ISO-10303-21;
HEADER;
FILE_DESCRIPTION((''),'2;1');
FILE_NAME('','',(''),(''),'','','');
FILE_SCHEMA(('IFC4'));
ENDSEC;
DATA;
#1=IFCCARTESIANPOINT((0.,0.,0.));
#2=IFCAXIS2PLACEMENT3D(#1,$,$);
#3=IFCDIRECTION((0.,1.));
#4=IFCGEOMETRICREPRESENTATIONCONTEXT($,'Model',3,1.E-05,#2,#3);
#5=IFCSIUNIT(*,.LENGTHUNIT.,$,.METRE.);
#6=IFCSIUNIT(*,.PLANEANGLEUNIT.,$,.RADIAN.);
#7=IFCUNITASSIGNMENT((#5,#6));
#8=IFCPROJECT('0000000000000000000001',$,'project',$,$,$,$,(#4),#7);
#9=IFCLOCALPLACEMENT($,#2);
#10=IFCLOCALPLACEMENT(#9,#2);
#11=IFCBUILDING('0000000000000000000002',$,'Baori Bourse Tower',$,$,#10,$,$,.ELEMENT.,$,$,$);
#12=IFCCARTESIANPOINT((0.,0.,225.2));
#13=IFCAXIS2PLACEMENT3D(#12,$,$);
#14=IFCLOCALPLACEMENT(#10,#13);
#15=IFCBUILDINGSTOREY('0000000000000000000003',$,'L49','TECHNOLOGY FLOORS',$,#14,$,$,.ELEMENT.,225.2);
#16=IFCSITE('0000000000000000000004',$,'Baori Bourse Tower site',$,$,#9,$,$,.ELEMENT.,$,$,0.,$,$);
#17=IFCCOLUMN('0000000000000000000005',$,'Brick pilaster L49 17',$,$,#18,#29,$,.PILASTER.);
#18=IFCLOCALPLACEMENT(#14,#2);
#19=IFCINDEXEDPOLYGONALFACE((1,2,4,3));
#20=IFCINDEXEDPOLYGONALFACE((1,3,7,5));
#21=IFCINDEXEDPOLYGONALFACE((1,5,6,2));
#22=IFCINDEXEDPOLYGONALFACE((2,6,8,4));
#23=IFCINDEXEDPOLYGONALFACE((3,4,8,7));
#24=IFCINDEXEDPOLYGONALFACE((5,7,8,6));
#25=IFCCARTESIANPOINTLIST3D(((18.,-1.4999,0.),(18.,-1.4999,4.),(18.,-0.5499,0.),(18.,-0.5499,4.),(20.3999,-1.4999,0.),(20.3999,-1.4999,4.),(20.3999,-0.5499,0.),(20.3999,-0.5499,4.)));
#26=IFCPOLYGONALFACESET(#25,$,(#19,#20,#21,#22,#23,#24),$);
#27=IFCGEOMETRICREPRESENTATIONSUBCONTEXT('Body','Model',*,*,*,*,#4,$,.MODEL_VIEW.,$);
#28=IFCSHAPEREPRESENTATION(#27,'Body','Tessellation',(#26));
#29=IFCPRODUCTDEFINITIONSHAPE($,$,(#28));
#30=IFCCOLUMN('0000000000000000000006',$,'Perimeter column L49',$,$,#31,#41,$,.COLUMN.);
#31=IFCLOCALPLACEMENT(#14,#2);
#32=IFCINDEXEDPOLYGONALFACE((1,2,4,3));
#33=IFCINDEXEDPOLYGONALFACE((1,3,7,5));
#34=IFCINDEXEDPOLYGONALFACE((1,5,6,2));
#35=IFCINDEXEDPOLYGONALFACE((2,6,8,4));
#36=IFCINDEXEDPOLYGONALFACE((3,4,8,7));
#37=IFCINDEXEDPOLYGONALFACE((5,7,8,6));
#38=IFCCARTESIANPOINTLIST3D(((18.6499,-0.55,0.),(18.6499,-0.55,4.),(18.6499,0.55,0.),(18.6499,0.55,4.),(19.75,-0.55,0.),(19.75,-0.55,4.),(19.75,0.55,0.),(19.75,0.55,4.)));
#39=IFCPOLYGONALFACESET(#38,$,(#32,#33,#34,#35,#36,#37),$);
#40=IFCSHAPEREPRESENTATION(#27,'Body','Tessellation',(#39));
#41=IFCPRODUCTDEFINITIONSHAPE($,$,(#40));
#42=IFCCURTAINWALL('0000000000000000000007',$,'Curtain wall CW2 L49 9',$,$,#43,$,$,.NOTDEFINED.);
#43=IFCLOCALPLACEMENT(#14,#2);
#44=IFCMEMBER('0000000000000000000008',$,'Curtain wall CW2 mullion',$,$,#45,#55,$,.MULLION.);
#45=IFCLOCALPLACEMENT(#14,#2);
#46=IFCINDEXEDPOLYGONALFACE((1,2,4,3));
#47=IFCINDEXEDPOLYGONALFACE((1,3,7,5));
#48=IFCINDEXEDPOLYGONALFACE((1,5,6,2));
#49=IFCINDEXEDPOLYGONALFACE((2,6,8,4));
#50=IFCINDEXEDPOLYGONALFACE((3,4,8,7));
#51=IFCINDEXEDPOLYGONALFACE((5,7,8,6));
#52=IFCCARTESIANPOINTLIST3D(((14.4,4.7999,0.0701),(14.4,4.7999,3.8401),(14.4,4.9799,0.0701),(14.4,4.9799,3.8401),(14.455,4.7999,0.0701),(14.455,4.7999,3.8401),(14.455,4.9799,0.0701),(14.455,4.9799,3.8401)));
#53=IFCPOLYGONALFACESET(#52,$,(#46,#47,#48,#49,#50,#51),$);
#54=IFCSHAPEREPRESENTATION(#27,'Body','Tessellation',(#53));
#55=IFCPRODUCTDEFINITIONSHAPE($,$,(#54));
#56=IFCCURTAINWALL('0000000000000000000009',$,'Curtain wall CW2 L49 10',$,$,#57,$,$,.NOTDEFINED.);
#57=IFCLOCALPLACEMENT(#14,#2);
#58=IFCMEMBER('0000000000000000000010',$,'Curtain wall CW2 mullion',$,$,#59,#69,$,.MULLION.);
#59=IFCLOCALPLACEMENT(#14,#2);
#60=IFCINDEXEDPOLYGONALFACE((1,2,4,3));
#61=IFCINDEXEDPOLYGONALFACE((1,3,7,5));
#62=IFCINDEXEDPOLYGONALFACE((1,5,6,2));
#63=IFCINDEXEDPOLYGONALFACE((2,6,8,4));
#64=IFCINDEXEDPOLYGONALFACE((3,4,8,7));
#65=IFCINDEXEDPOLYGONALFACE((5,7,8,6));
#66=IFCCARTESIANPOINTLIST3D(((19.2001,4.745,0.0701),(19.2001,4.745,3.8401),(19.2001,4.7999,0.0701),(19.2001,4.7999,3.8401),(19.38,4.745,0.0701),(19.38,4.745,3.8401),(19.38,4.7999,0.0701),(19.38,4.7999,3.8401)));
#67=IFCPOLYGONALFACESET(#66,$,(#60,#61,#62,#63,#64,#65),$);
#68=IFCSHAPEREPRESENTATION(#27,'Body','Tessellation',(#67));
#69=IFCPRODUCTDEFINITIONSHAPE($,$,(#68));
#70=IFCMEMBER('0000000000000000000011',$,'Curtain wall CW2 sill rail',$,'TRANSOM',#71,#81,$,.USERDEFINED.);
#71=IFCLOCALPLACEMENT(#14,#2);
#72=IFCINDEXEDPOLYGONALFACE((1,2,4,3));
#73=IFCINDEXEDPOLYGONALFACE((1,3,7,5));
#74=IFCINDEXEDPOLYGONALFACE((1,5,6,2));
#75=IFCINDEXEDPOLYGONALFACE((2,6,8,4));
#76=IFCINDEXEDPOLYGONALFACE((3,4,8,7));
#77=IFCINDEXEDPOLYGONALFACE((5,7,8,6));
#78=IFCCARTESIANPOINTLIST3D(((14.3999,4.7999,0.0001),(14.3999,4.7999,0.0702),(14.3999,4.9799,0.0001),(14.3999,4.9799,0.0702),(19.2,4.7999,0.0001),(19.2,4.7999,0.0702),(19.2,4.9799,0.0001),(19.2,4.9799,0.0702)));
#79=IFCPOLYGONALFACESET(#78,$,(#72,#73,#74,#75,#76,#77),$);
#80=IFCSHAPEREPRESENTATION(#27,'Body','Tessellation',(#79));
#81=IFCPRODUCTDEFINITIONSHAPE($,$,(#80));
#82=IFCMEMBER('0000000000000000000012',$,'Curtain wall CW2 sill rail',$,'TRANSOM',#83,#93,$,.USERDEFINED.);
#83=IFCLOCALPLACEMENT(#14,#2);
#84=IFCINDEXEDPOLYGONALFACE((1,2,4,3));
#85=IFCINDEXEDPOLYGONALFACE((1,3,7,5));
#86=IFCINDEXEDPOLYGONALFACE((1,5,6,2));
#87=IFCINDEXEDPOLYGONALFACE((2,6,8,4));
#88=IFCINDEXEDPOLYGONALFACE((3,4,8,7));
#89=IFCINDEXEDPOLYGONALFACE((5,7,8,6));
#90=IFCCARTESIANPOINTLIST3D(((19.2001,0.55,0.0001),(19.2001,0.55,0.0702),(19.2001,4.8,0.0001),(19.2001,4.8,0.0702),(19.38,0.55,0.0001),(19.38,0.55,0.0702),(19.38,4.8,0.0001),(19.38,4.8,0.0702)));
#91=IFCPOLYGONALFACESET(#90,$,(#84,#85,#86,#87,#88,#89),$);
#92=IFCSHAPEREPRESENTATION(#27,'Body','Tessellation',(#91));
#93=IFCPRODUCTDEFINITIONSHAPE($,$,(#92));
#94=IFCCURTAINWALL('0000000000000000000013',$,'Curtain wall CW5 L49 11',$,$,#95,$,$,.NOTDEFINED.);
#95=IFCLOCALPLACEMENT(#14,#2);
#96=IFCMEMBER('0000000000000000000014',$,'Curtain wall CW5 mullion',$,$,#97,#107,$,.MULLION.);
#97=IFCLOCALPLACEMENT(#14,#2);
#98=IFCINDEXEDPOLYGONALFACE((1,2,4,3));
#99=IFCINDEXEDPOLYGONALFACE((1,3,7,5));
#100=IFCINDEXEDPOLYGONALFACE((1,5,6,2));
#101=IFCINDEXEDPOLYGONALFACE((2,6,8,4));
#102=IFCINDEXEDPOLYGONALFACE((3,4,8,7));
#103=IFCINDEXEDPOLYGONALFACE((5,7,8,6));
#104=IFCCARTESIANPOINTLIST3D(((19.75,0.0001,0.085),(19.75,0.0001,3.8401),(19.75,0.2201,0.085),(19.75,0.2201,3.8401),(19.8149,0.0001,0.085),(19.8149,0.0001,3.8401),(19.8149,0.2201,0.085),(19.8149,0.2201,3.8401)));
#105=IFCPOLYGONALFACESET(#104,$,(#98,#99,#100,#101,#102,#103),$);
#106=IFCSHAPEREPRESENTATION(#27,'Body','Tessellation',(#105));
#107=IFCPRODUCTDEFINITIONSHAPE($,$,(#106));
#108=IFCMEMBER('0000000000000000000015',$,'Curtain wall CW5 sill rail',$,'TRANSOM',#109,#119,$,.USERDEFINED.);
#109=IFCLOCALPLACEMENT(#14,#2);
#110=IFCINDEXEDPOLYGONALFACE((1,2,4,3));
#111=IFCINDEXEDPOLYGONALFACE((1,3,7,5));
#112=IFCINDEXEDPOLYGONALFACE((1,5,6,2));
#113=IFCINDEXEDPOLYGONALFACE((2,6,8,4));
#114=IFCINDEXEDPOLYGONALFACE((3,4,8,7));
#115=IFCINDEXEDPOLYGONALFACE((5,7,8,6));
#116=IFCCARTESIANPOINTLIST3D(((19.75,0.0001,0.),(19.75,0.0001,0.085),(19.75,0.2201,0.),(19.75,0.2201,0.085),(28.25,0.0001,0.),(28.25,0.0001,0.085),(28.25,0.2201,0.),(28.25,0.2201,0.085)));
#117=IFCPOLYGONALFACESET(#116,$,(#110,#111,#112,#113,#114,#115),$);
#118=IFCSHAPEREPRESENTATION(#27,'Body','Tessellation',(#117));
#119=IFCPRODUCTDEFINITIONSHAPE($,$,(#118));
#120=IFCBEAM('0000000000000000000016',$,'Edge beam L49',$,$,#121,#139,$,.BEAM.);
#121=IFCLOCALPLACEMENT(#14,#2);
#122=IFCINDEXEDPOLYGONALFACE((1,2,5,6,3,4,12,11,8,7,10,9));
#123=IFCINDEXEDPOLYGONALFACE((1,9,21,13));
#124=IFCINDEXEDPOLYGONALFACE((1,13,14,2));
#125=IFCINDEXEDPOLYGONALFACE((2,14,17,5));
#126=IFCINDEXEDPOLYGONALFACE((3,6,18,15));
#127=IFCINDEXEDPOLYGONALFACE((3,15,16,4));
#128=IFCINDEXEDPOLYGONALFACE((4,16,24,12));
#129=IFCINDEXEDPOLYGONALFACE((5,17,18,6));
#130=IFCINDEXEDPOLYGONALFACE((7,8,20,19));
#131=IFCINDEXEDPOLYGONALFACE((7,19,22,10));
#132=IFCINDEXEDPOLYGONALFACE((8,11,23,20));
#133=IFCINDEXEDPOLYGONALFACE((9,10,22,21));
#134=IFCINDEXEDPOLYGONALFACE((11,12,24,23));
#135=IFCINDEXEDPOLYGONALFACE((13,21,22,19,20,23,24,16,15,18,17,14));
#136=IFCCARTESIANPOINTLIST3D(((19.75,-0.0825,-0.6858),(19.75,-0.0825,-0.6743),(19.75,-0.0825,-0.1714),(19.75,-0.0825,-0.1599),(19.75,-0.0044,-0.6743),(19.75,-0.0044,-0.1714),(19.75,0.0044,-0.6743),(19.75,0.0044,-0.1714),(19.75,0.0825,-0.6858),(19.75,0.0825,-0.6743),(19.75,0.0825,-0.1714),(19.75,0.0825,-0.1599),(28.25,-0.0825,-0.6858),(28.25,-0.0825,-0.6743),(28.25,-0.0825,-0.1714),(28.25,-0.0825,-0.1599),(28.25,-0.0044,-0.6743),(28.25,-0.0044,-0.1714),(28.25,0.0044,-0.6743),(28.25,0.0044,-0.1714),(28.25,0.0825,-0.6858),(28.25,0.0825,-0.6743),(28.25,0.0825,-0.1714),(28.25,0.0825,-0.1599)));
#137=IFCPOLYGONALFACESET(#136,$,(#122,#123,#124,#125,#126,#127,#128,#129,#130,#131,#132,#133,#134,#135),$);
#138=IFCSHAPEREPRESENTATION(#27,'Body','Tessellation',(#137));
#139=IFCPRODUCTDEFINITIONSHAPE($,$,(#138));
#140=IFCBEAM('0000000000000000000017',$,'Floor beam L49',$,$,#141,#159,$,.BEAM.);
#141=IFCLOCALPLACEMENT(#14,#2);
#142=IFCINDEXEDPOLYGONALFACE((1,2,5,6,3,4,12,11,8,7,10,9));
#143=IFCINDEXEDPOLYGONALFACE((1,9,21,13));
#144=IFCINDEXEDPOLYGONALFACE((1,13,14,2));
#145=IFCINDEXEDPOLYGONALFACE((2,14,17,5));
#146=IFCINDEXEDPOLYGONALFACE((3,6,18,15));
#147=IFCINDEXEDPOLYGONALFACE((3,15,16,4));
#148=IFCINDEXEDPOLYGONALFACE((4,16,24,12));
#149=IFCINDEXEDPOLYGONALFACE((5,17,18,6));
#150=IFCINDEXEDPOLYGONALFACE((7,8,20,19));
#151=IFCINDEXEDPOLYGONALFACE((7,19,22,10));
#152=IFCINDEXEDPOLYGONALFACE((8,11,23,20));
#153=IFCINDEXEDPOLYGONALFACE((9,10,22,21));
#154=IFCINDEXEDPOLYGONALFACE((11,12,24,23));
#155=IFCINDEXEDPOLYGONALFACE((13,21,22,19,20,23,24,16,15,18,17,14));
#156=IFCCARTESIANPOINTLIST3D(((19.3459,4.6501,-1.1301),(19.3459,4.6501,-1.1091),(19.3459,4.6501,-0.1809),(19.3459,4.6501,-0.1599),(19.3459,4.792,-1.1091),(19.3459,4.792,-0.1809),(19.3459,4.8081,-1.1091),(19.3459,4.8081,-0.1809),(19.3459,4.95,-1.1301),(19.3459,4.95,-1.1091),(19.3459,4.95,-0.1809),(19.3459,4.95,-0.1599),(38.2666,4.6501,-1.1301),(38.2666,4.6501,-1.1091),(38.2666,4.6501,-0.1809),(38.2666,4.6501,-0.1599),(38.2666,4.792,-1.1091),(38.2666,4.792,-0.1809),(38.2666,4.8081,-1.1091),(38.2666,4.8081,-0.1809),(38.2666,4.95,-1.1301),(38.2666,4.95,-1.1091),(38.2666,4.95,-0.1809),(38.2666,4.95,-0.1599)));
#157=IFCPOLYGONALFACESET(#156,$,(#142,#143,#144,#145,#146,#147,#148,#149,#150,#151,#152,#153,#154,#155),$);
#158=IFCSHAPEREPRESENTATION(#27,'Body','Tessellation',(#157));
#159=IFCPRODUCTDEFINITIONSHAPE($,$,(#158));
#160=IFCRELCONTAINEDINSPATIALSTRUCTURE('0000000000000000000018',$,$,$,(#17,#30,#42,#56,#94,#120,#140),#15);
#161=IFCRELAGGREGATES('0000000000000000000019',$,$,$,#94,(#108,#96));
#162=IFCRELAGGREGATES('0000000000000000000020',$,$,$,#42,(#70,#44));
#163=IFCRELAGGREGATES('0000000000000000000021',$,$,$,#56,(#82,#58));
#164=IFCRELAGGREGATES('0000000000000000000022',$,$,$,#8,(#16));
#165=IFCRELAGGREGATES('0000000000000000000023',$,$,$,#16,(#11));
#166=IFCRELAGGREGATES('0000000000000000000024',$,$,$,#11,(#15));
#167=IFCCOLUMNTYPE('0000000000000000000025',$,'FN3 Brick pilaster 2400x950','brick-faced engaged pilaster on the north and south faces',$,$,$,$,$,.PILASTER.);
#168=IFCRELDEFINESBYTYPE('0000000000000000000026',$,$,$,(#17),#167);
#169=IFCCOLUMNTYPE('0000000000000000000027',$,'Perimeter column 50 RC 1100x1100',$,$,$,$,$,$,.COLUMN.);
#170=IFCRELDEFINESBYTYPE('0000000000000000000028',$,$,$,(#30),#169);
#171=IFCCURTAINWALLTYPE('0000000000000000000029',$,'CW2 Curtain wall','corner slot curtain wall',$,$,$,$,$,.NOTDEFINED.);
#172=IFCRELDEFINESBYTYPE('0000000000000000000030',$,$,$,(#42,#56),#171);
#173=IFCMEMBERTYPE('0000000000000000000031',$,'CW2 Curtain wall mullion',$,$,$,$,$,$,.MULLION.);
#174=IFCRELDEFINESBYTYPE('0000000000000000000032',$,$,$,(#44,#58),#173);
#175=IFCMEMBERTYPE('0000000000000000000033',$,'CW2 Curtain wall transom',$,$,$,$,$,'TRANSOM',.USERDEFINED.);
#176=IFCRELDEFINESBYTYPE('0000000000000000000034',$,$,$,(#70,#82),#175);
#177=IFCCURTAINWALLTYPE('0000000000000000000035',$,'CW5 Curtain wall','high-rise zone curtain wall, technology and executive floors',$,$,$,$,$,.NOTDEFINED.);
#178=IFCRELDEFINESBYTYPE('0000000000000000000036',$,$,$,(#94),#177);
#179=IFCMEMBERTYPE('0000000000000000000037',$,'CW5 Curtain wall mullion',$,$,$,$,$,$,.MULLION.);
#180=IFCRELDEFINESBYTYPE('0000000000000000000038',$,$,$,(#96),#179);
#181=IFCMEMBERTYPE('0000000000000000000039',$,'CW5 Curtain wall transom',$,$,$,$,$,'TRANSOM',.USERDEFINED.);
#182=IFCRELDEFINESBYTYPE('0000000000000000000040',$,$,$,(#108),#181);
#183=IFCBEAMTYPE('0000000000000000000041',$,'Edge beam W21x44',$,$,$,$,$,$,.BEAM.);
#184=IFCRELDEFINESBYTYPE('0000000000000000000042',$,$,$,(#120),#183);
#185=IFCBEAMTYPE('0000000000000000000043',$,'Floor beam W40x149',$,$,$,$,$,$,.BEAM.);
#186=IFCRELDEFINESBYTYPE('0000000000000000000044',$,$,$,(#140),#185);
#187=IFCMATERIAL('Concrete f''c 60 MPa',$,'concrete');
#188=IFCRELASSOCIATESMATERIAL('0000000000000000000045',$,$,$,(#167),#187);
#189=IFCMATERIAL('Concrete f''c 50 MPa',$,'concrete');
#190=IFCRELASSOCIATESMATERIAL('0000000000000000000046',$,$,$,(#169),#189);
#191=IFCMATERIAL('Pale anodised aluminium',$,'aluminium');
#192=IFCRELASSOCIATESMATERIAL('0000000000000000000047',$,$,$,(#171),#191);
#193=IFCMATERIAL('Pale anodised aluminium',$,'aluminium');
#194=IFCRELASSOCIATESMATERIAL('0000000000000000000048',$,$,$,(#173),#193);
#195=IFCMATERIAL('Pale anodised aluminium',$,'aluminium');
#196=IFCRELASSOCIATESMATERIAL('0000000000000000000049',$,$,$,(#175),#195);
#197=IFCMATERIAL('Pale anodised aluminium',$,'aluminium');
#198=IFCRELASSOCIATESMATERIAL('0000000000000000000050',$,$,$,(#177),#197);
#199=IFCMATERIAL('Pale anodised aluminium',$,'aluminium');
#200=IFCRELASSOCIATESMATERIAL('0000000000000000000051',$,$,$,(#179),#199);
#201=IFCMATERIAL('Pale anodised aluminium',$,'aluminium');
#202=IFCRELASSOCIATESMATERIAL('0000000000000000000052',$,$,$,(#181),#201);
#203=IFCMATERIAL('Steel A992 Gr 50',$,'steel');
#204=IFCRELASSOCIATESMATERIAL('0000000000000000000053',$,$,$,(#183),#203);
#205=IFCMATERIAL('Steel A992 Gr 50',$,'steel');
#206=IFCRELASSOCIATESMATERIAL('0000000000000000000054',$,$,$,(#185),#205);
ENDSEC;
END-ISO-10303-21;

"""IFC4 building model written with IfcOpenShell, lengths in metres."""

from ifc_helpers import new_model, si_unit, direction, frame, origin, origin_2d, place, context, subcontext, project, spatial, rectangle, i_section, extrude, material, material_profile, profile_set, type_object, element, aggregate, save


model = new_model("IFC4")

# Units and contexts
model_context = context("Model", 3, precision=1e-05, world=origin(), true_north=direction((0.0, 1.0)))
body_context = subcontext(model_context, "Body", "Model", "MODEL_VIEW")
ifc_project = project(units=[si_unit("LENGTHUNIT", "METRE"), si_unit("PLANEANGLEUNIT", "RADIAN")], contexts=[model_context])

# Site, building, storey
site_placement = place(None, origin())
site = spatial("IfcSite", under=ifc_project, at=site_placement, Name="Baori Bourse Tower site", CompositionType="ELEMENT", RefElevation=0.0)
building_placement = place(site_placement, origin())
building = spatial("IfcBuilding", under=site, at=building_placement, Name="Baori Bourse Tower", CompositionType="ELEMENT")
storey_placement = place(building_placement, frame((0.0, 0.0, 225.2)))
storey = spatial("IfcBuildingStorey", under=building, at=storey_placement, Name="L49", Description="TECHNOLOGY FLOORS", CompositionType="ELEMENT", Elevation=225.2)

# Columns
ifc_material_1 = material(Name="Concrete f'c 60 MPa", Category="concrete")
ifc_material_profile_1 = material_profile(ifc_material_1, rectangle(XDim=2.3999, YDim=0.95, at=origin_2d()), Name="RC 2400x950")
ifc_profile_set_1 = profile_set([ifc_material_profile_1], Name="Concrete f'c 60 MPa")
column_type_1 = type_object("IfcColumnType", Name="FN3 Brick pilaster 2400x950", Description="brick-faced engaged pilaster on the north and south faces", PredefinedType="PILASTER", material=ifc_profile_set_1)
column_1_placement = place(storey_placement, frame((19.2, -1.0249, 0.0), z_axis=(0.0, 0.0, 1.0), x_axis=(1.0, 0.0, 0.0)))
element("IfcColumn", 1, at=column_1_placement, inside=storey, type_object=column_type_1, Name="Brick pilaster L49 17", PredefinedType="PILASTER", context=body_context, shape_type="SweptSolid", body=[
    extrude(rectangle(XDim=2.3999, YDim=0.95, at=origin_2d()), origin(), (0.0, 0.0, 1.0), 4.0),
])
ifc_material_2 = material(Name="Concrete f'c 50 MPa", Category="concrete")
ifc_material_profile_2 = material_profile(ifc_material_2, rectangle(XDim=1.1001, YDim=1.1001, at=origin_2d()), Name="RC 1100x1100")
ifc_profile_set_2 = profile_set([ifc_material_profile_2], Name="Concrete f'c 50 MPa")
column_type_2 = type_object("IfcColumnType", Name="Perimeter column 50 RC 1100x1100", PredefinedType="COLUMN", material=ifc_profile_set_2)
column_2_placement = place(storey_placement, frame((19.2, 0.0, 0.0), z_axis=(0.0, 0.0, 1.0), x_axis=(1.0, 0.0, 0.0)))
element("IfcColumn", 2, at=column_2_placement, inside=storey, type_object=column_type_2, Name="Perimeter column L49", PredefinedType="COLUMN", context=body_context, shape_type="SweptSolid", body=[
    extrude(rectangle(XDim=1.1001, YDim=1.1001, at=origin_2d()), origin(), (0.0, 0.0, 1.0), 4.0),
])

# Curtain walls, members
ifc_material_3 = material(Name="Pale anodised aluminium", Category="aluminium")
curtain_wall_type_1 = type_object("IfcCurtainWallType", Name="CW2 Curtain wall", Description="corner slot curtain wall", PredefinedType="NOTDEFINED", material=ifc_material_3)
curtain_wall_1_placement = place(storey_placement, origin())
curtain_wall_1 = element("IfcCurtainWall", 3, at=curtain_wall_1_placement, inside=storey, type_object=curtain_wall_type_1, Name="Curtain wall CW2 L49 9", PredefinedType="NOTDEFINED")
ifc_material_4 = material(Name="Pale anodised aluminium", Category="aluminium")
ifc_material_profile_3 = material_profile(ifc_material_4, rectangle(XDim=0.1799, YDim=0.0549, at=origin_2d()), Name="Mullion 55x180")
ifc_profile_set_3 = profile_set([ifc_material_profile_3], Name="Pale anodised aluminium")
member_type_1 = type_object("IfcMemberType", Name="CW2 Curtain wall mullion", PredefinedType="MULLION", material=ifc_profile_set_3)
member_1_placement = place(storey_placement, frame((14.4275, 4.8899, 0.0701), z_axis=(0.0, 0.0, 1.0), x_axis=(0.0, 1.0, 0.0)))
member_1 = element("IfcMember", 4, at=member_1_placement, type_object=member_type_1, Name="Curtain wall CW2 mullion", PredefinedType="MULLION", context=body_context, shape_type="SweptSolid", body=[
    extrude(rectangle(XDim=0.1799, YDim=0.0549, at=origin_2d()), origin(), (0.0, 0.0, 1.0), 3.77),
])
curtain_wall_2_placement = place(storey_placement, origin())
curtain_wall_2 = element("IfcCurtainWall", 5, at=curtain_wall_2_placement, inside=storey, type_object=curtain_wall_type_1, Name="Curtain wall CW2 L49 10", PredefinedType="NOTDEFINED")
member_2_placement = place(storey_placement, frame((19.29, 4.7725, 0.0701), z_axis=(0.0, 0.0, 1.0), x_axis=(1.0, 0.0, 0.0)))
member_2 = element("IfcMember", 6, at=member_2_placement, type_object=member_type_1, Name="Curtain wall CW2 mullion", PredefinedType="MULLION", context=body_context, shape_type="SweptSolid", body=[
    extrude(rectangle(XDim=0.1799, YDim=0.0549, at=origin_2d()), origin(), (0.0, 0.0, 1.0), 3.77),
])

# Members
ifc_material_5 = material(Name="Pale anodised aluminium", Category="aluminium")
ifc_material_profile_4 = material_profile(ifc_material_5, rectangle(XDim=0.1799, YDim=0.0701, at=origin_2d()), Name="Transom 70x180")
ifc_profile_set_4 = profile_set([ifc_material_profile_4], Name="Pale anodised aluminium")
member_type_2 = type_object("IfcMemberType", Name="CW2 Curtain wall transom", ElementType="TRANSOM", PredefinedType="USERDEFINED", material=ifc_profile_set_4)
member_3_placement = place(storey_placement, frame((14.3999, 4.8899, 0.0352), z_axis=(1.0, 0.0, 0.0), x_axis=(0.0, 1.0, 0.0)))
member_3 = element("IfcMember", 7, at=member_3_placement, type_object=member_type_2, Name="Curtain wall CW2 sill rail", ObjectType="TRANSOM", PredefinedType="USERDEFINED", context=body_context, shape_type="SweptSolid", body=[
    extrude(rectangle(XDim=0.1799, YDim=0.0701, at=origin_2d()), origin(), (0.0, 0.0, 1.0), 4.8),
])
member_4_placement = place(storey_placement, frame((19.29, 4.8, 0.0352), z_axis=(0.0, -1.0, 0.0), x_axis=(1.0, 0.0, 0.0)))
member_4 = element("IfcMember", 8, at=member_4_placement, type_object=member_type_2, Name="Curtain wall CW2 sill rail", ObjectType="TRANSOM", PredefinedType="USERDEFINED", context=body_context, shape_type="SweptSolid", body=[
    extrude(rectangle(XDim=0.1799, YDim=0.0701, at=origin_2d()), origin(), (0.0, 0.0, 1.0), 4.25),
])

# Curtain wall, members
ifc_material_6 = material(Name="Pale anodised aluminium", Category="aluminium")
curtain_wall_type_2 = type_object("IfcCurtainWallType", Name="CW5 Curtain wall", Description="high-rise zone curtain wall, technology and executive floors", PredefinedType="NOTDEFINED", material=ifc_material_6)
curtain_wall_3_placement = place(storey_placement, origin())
curtain_wall_3 = element("IfcCurtainWall", 9, at=curtain_wall_3_placement, inside=storey, type_object=curtain_wall_type_2, Name="Curtain wall CW5 L49 11", PredefinedType="NOTDEFINED")
ifc_material_7 = material(Name="Pale anodised aluminium", Category="aluminium")
ifc_material_profile_5 = material_profile(ifc_material_7, rectangle(XDim=0.22, YDim=0.0649, at=origin_2d()), Name="Mullion 65x220")
ifc_profile_set_5 = profile_set([ifc_material_profile_5], Name="Pale anodised aluminium")
member_type_3 = type_object("IfcMemberType", Name="CW5 Curtain wall mullion", PredefinedType="MULLION", material=ifc_profile_set_5)
member_5_placement = place(storey_placement, frame((19.7825, 0.1101, 0.085), z_axis=(0.0, 0.0, 1.0), x_axis=(0.0, 1.0, 0.0)))
member_5 = element("IfcMember", 10, at=member_5_placement, type_object=member_type_3, Name="Curtain wall CW5 mullion", PredefinedType="MULLION", context=body_context, shape_type="SweptSolid", body=[
    extrude(rectangle(XDim=0.22, YDim=0.0649, at=origin_2d()), origin(), (0.0, 0.0, 1.0), 3.7551),
])
ifc_material_8 = material(Name="Pale anodised aluminium", Category="aluminium")
ifc_material_profile_6 = material_profile(ifc_material_8, rectangle(XDim=0.22, YDim=0.085, at=origin_2d()), Name="Transom 85x220")
ifc_profile_set_6 = profile_set([ifc_material_profile_6], Name="Pale anodised aluminium")
member_type_4 = type_object("IfcMemberType", Name="CW5 Curtain wall transom", ElementType="TRANSOM", PredefinedType="USERDEFINED", material=ifc_profile_set_6)
member_6_placement = place(storey_placement, frame((19.75, 0.1101, 0.0425), z_axis=(1.0, 0.0, 0.0), x_axis=(0.0, 1.0, 0.0)))
member_6 = element("IfcMember", 11, at=member_6_placement, type_object=member_type_4, Name="Curtain wall CW5 sill rail", ObjectType="TRANSOM", PredefinedType="USERDEFINED", context=body_context, shape_type="SweptSolid", body=[
    extrude(rectangle(XDim=0.22, YDim=0.085, at=origin_2d()), origin(), (0.0, 0.0, 1.0), 8.5),
])
aggregate(curtain_wall_3, [member_6, member_5])

# Beams
ifc_material_9 = material(Name="Steel A992 Gr 50", Category="steel")
ifc_material_profile_7 = material_profile(ifc_material_9, i_section(OverallWidth=0.165, OverallDepth=0.5259, WebThickness=0.0088, FlangeThickness=0.0115, at=origin_2d()), Name="W21x44")
ifc_profile_set_7 = profile_set([ifc_material_profile_7], Name="Steel A992 Gr 50")
beam_type_1 = type_object("IfcBeamType", Name="Edge beam W21x44", PredefinedType="BEAM", material=ifc_profile_set_7)
beam_1_placement = place(storey_placement, frame((19.75, 0.0, -0.4229), z_axis=(1.0, 0.0, 0.0), x_axis=(0.0, 1.0, 0.0)))
element("IfcBeam", 12, at=beam_1_placement, inside=storey, type_object=beam_type_1, Name="Edge beam L49", PredefinedType="BEAM", context=body_context, shape_type="SweptSolid", body=[
    extrude(i_section(OverallWidth=0.165, OverallDepth=0.5259, WebThickness=0.0088, FlangeThickness=0.0115, at=origin_2d()), origin(), (0.0, 0.0, 1.0), 8.5),
])
ifc_material_10 = material(Name="Steel A992 Gr 50", Category="steel")
ifc_material_profile_8 = material_profile(ifc_material_10, i_section(OverallWidth=0.2998, OverallDepth=0.9702, WebThickness=0.0161, FlangeThickness=0.021, at=origin_2d()), Name="W40x149")
ifc_profile_set_8 = profile_set([ifc_material_profile_8], Name="Steel A992 Gr 50")
beam_type_2 = type_object("IfcBeamType", Name="Floor beam W40x149", PredefinedType="BEAM", material=ifc_profile_set_8)
beam_2_placement = place(storey_placement, frame((19.3459, 4.8, -0.645), z_axis=(1.0, 0.0, 0.0), x_axis=(0.0, 1.0, 0.0)))
element("IfcBeam", 13, at=beam_2_placement, inside=storey, type_object=beam_type_2, Name="Floor beam L49", PredefinedType="BEAM", context=body_context, shape_type="SweptSolid", body=[
    extrude(i_section(OverallWidth=0.2998, OverallDepth=0.9702, WebThickness=0.0161, FlangeThickness=0.021, at=origin_2d()), origin(), (0.0, 0.0, 1.0), 18.9207),
])

aggregate(curtain_wall_1, [member_3, member_1])
aggregate(curtain_wall_2, [member_4, member_2])

save(model, "model.ifc")
